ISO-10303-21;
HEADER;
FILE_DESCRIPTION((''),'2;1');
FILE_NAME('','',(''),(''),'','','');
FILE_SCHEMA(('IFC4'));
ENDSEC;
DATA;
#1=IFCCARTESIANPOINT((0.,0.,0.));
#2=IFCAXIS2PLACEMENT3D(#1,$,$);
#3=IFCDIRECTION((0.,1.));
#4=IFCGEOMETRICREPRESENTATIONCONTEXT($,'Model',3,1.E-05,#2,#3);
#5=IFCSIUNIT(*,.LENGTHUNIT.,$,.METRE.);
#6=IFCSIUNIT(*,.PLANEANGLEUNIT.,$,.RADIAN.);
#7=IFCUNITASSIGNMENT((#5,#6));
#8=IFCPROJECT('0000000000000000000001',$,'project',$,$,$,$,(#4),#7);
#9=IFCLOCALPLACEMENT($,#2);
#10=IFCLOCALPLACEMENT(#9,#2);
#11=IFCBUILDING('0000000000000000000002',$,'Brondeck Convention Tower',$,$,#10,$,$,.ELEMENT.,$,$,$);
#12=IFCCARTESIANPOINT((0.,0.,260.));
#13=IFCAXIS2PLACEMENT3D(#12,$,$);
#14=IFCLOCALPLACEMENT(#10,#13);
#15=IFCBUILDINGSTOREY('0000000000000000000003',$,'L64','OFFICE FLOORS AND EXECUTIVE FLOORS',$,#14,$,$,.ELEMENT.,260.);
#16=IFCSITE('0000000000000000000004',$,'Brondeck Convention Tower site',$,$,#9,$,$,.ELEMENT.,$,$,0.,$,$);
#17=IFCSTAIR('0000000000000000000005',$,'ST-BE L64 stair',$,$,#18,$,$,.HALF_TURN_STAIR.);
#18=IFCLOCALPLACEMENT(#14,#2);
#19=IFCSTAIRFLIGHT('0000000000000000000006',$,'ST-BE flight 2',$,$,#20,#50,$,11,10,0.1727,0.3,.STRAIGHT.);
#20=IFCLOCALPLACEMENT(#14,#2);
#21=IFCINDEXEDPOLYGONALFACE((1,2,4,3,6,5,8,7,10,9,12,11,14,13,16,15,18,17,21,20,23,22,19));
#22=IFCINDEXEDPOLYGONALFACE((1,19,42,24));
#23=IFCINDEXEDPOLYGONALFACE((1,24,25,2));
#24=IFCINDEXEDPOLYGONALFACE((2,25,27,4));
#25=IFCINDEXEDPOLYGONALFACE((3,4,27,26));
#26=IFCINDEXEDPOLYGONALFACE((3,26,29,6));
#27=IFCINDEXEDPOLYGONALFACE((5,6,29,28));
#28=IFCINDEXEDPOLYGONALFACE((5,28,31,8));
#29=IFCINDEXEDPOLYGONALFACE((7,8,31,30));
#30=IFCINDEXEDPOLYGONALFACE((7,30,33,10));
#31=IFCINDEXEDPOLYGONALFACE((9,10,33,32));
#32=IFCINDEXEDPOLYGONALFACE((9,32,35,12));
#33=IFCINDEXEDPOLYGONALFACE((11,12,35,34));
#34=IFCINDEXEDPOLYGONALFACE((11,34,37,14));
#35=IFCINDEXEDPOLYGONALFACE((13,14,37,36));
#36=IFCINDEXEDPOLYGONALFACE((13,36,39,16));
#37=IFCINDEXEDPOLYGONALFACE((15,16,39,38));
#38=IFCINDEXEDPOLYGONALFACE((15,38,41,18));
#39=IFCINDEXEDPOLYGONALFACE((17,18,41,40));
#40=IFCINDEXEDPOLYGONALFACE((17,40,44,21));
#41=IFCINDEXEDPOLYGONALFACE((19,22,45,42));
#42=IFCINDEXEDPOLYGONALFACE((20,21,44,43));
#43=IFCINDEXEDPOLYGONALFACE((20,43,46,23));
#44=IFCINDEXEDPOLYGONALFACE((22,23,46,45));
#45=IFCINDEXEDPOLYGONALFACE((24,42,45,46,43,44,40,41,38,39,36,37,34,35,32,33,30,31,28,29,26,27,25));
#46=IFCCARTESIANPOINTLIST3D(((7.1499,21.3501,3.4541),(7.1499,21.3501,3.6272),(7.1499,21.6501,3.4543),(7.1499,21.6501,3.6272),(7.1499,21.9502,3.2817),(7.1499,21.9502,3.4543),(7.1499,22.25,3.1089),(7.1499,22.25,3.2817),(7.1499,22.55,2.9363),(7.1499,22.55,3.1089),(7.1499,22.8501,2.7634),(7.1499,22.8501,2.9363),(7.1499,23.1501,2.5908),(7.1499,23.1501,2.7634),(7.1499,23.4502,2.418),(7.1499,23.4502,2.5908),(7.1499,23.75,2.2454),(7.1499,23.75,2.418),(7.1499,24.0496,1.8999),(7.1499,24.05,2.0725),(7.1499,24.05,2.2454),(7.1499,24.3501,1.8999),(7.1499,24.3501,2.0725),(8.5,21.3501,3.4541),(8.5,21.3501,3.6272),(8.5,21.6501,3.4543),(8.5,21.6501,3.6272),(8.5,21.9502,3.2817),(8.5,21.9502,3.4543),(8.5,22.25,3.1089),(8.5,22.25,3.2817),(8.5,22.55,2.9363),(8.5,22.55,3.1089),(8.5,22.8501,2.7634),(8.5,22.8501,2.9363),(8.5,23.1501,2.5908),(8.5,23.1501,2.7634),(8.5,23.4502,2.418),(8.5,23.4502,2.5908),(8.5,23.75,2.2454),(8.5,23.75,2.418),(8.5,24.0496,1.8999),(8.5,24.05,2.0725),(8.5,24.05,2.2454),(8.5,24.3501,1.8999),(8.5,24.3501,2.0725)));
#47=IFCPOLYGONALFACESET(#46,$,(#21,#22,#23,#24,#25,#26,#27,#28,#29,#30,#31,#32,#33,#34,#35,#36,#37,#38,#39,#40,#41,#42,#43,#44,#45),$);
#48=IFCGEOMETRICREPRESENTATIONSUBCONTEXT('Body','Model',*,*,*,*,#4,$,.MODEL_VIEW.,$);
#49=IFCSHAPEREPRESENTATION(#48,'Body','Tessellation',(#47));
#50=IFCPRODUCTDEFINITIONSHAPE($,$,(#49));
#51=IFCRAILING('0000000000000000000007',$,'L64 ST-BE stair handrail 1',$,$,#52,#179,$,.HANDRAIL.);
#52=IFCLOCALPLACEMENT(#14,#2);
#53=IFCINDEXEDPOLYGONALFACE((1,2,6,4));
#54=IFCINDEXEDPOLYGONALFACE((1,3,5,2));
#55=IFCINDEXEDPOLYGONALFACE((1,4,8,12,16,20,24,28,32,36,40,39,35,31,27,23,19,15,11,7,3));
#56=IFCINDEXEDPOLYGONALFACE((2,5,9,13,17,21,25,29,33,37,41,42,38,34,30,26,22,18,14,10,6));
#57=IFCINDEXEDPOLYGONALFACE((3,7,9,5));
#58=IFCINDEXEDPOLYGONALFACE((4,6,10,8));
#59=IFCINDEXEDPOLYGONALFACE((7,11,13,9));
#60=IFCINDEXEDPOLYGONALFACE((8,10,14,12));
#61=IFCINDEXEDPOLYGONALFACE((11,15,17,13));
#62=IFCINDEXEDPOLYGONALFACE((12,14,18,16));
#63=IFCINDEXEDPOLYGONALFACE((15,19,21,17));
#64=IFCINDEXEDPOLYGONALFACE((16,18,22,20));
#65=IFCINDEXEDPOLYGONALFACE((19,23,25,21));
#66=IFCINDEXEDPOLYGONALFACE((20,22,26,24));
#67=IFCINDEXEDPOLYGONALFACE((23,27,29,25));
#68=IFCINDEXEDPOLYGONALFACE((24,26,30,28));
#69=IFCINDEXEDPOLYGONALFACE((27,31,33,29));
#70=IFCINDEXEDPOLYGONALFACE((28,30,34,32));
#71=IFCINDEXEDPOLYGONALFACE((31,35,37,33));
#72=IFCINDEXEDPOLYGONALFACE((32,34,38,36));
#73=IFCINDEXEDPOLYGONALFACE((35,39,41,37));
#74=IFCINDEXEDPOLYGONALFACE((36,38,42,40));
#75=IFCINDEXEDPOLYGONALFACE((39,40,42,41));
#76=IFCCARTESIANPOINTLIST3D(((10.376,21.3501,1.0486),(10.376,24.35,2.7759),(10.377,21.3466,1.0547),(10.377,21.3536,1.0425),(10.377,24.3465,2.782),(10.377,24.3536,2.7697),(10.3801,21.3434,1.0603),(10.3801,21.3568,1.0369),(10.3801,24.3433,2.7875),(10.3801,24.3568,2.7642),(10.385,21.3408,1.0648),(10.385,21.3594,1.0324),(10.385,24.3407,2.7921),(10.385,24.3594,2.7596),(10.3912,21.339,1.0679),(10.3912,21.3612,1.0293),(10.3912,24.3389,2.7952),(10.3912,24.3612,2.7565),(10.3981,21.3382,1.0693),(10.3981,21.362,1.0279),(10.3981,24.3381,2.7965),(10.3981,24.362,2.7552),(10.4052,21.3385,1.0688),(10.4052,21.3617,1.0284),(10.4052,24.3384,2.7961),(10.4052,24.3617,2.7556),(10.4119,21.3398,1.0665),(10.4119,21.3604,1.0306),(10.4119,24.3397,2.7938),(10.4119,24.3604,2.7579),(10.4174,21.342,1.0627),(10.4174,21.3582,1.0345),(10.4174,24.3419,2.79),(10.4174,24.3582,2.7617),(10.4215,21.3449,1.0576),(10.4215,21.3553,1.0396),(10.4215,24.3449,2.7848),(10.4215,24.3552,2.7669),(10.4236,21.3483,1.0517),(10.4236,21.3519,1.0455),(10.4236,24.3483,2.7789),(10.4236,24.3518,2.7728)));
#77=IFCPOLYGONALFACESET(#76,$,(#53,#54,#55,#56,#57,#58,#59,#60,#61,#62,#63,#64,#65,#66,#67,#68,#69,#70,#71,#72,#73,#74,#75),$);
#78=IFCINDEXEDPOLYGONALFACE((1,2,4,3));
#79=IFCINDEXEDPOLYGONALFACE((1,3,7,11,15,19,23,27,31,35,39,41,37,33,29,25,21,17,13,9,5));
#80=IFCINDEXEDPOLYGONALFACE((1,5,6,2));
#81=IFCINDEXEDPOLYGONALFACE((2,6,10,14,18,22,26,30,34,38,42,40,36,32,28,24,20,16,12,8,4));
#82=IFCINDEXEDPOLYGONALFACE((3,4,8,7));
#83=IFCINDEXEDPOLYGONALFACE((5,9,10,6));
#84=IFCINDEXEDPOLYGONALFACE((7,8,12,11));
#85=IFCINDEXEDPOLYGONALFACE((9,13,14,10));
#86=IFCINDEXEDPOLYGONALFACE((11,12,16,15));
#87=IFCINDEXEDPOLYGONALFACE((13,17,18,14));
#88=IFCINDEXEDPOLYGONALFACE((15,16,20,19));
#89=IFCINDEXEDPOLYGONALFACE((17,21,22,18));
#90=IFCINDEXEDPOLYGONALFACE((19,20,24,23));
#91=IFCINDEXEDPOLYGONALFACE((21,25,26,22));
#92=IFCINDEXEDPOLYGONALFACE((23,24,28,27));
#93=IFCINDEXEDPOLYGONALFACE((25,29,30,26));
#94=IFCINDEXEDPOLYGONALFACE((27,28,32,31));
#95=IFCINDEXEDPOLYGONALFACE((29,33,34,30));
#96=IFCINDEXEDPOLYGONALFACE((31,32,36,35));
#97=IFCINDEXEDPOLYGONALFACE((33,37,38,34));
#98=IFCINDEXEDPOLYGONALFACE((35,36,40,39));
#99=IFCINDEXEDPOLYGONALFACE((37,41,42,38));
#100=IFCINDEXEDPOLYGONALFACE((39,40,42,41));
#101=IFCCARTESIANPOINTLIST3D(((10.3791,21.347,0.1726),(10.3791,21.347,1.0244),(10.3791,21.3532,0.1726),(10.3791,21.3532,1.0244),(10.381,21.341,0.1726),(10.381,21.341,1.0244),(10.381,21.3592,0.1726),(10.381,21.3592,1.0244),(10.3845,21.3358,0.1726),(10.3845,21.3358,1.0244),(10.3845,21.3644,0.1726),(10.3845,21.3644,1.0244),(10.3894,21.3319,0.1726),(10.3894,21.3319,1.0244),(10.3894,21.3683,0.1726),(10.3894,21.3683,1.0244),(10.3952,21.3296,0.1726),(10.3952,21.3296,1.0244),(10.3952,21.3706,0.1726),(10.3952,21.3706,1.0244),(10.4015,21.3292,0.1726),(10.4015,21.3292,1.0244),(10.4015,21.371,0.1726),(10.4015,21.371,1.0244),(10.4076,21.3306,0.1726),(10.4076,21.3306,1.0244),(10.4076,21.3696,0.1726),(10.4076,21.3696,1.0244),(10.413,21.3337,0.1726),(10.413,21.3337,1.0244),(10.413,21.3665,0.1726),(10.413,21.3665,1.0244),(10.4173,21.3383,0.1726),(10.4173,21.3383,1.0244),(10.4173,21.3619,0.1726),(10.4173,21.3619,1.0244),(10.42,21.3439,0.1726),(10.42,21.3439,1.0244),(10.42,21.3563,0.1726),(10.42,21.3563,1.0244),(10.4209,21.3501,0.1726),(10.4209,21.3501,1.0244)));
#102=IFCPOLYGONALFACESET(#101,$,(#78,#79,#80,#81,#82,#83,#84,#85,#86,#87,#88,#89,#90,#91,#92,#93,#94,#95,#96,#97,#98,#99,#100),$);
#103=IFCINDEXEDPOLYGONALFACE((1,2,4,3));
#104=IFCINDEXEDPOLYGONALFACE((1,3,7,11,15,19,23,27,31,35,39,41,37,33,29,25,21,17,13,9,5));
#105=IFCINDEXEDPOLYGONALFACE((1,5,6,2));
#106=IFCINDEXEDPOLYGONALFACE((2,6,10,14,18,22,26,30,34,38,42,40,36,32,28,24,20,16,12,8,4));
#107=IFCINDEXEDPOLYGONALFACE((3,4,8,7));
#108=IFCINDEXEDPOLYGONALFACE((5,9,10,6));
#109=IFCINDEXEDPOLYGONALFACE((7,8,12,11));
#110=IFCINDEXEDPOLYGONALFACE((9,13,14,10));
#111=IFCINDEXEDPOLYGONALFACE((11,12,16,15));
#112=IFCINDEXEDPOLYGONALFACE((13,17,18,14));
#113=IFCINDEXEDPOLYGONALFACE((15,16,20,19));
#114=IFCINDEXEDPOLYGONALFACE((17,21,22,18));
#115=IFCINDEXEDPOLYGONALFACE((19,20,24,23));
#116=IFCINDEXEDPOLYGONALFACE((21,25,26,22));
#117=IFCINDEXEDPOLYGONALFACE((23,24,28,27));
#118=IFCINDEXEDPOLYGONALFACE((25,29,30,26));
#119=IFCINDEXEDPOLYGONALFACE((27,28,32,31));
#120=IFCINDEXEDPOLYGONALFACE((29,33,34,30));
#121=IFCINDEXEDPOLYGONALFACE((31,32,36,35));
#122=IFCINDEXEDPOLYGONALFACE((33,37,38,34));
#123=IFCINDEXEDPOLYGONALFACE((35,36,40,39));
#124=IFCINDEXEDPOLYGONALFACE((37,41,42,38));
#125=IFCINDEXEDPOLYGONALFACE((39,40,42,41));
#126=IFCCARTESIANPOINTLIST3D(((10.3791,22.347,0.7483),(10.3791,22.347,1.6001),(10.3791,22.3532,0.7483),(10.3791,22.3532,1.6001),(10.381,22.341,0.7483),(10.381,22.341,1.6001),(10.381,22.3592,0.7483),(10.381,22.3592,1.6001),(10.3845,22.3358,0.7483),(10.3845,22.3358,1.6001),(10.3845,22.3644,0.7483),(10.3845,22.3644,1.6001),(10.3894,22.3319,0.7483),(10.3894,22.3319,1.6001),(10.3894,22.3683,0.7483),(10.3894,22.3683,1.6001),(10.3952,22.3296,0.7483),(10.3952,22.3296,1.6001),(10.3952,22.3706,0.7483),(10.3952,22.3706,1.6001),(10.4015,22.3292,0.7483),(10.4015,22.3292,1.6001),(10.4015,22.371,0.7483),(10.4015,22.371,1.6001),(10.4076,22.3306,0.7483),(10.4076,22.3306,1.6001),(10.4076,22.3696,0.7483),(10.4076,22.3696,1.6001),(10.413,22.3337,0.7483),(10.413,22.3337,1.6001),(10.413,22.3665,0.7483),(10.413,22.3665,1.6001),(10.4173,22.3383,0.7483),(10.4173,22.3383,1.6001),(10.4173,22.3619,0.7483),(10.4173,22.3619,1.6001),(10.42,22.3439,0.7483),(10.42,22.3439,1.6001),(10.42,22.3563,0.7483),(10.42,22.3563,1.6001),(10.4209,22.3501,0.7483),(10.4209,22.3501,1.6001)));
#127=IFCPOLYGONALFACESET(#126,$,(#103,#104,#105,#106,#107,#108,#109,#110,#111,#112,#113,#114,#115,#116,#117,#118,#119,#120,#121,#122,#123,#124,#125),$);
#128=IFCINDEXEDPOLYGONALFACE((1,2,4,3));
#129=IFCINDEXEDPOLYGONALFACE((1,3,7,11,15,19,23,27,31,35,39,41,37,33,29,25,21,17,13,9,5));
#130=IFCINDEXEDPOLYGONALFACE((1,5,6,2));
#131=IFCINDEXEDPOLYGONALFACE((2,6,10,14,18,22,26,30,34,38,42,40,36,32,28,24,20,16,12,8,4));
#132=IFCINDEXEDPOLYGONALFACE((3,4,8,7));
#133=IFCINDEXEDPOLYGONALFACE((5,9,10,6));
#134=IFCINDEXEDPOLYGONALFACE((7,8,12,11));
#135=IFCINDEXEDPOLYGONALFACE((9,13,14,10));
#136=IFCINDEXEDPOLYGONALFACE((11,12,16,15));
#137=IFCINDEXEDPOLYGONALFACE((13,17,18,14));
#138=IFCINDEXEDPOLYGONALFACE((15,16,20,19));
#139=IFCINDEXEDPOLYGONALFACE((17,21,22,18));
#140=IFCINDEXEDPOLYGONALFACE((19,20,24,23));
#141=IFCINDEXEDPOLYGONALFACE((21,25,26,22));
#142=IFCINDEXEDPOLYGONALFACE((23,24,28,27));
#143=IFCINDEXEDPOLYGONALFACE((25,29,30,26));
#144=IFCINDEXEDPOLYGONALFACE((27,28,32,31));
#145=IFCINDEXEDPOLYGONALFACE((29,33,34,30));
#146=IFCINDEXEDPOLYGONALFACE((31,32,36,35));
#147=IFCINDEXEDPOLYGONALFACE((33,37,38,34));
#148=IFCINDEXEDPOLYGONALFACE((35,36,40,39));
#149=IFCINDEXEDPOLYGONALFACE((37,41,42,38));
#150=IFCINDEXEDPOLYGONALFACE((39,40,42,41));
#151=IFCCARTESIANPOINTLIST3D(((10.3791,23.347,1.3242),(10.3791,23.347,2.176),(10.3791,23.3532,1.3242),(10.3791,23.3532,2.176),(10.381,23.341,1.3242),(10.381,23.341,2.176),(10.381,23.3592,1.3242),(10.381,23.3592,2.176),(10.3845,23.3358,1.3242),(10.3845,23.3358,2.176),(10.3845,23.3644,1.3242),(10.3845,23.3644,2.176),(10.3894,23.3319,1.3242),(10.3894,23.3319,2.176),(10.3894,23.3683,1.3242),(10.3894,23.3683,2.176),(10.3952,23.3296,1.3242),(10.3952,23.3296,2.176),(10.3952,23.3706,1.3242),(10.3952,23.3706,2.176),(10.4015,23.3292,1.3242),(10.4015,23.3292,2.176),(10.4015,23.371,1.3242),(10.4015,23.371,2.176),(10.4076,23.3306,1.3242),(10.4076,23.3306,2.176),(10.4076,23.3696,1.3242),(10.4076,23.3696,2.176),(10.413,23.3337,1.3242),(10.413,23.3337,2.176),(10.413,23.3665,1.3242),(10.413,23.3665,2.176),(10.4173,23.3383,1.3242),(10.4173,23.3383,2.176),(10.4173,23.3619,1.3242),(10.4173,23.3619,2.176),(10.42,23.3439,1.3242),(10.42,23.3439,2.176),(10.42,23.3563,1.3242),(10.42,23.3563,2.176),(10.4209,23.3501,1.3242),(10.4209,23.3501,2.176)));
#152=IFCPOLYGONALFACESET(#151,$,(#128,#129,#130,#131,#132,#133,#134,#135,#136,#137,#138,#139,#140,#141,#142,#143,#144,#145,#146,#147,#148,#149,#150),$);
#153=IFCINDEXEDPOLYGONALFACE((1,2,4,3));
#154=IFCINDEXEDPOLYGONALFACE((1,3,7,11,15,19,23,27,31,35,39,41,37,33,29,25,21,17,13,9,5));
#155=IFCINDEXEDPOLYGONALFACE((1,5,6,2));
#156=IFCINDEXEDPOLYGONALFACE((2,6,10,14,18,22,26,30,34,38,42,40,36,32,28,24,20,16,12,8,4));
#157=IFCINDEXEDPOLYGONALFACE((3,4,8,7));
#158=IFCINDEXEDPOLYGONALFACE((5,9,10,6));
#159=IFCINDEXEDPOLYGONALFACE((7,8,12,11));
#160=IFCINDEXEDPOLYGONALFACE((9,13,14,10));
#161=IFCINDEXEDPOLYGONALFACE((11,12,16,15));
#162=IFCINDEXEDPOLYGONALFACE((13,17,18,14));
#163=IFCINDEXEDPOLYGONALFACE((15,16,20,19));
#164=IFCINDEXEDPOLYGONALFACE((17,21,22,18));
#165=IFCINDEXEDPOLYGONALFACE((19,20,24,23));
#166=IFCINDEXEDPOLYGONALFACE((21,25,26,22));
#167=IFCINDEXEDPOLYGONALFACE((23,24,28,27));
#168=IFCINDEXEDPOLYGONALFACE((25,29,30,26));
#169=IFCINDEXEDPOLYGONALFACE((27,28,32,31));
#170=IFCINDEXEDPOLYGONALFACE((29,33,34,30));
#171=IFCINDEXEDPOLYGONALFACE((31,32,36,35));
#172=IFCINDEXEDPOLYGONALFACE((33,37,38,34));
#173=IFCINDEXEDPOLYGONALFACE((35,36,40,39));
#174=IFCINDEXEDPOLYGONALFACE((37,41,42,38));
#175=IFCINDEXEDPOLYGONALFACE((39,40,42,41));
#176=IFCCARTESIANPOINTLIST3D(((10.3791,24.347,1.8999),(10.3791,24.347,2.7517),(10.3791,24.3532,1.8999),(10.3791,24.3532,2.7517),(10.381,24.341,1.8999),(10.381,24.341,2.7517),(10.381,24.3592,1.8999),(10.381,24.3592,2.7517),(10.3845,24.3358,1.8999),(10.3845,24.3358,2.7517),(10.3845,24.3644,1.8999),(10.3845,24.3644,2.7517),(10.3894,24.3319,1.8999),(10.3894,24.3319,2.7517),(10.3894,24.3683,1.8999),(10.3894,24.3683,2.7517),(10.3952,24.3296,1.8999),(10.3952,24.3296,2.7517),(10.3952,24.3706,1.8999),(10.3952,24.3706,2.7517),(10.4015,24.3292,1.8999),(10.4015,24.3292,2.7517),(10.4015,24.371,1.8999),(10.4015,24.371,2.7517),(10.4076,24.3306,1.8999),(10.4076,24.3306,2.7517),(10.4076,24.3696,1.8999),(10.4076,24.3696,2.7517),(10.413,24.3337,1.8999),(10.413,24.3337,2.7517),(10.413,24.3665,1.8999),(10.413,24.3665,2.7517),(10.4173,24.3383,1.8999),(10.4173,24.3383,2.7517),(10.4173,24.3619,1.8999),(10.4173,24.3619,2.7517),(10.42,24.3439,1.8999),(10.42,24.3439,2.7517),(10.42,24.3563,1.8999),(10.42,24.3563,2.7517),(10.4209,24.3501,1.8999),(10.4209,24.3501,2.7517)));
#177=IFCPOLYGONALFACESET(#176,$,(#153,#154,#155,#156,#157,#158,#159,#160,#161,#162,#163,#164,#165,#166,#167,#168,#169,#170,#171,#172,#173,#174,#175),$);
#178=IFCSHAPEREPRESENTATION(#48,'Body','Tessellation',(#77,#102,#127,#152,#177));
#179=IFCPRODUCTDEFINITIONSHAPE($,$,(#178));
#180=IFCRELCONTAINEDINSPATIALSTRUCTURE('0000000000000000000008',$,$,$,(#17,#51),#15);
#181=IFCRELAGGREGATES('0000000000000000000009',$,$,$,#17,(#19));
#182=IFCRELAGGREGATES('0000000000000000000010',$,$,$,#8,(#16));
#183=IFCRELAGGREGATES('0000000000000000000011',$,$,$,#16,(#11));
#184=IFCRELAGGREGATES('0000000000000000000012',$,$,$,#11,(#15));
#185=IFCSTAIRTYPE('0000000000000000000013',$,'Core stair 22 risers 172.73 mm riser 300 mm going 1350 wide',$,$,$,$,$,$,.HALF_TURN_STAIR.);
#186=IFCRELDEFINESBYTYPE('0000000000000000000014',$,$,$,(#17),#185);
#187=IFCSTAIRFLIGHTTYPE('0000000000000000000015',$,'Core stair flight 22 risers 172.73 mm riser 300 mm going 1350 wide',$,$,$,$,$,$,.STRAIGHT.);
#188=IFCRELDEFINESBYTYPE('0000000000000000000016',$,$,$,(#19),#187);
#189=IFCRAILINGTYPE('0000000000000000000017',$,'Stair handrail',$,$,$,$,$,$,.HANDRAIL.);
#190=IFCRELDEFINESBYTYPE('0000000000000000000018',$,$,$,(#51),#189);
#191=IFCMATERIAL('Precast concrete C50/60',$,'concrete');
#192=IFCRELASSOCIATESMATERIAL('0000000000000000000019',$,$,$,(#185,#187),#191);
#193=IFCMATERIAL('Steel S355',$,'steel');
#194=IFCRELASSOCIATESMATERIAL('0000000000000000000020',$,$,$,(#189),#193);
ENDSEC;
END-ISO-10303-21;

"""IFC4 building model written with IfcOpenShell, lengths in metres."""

from ifc_helpers import new_model, si_unit, direction, frame, origin, origin_2d, place, context, subcontext, project, spatial, polyline, circle, outline, extrude, material, type_object, element, aggregate, save


model = new_model("IFC4")

# Units and contexts
model_context = context("Model", 3, precision=1e-05, world=origin(), true_north=direction((0.0, 1.0)))
body_context = subcontext(model_context, "Body", "Model", "MODEL_VIEW")
ifc_project = project(units=[si_unit("LENGTHUNIT", "METRE"), si_unit("PLANEANGLEUNIT", "RADIAN")], contexts=[model_context])

# Site, building, storey
site_placement = place(None, origin())
site = spatial("IfcSite", under=ifc_project, at=site_placement, Name="Brondeck Convention Tower site", CompositionType="ELEMENT", RefElevation=0.0)
building_placement = place(site_placement, origin())
building = spatial("IfcBuilding", under=site, at=building_placement, Name="Brondeck Convention Tower", CompositionType="ELEMENT")
storey_placement = place(building_placement, frame((0.0, 0.0, 260.0)))
storey = spatial("IfcBuildingStorey", under=building, at=storey_placement, Name="L64", Description="OFFICE FLOORS AND EXECUTIVE FLOORS", CompositionType="ELEMENT", Elevation=260.0)

# Shared definitions
ifc_material_1 = material(Name="Steel S355", Category="steel")

# Stair, stair flight
ifc_material_2 = material(Name="Precast concrete C50/60", Category="concrete")
stair_type = type_object("IfcStairType", Name="Core stair 22 risers 172.73 mm riser 300 mm going 1350 wide", PredefinedType="HALF_TURN_STAIR", material=ifc_material_2)
stair_placement = place(storey_placement, origin())
stair = element("IfcStair", 1, at=stair_placement, inside=storey, type_object=stair_type, Name="ST-BE L64 stair", PredefinedType="HALF_TURN_STAIR")
stair_flight_type = type_object("IfcStairFlightType", Name="Core stair flight 22 risers 172.73 mm riser 300 mm going 1350 wide", PredefinedType="STRAIGHT", material=ifc_material_2)
stair_flight_1_placement = place(storey_placement, frame((7.825, 24.3501, 1.8999), z_axis=(0.0, 0.0, 1.0), x_axis=(0.0, -1.0, 0.0)))
stair_flight_1 = element("IfcStairFlight", 2, at=stair_flight_1_placement, type_object=stair_flight_type, Name="ST-BE flight 2", NumberOfRisers=11, NumberOfTreads=10, PredefinedType="STRAIGHT", RiserHeight=0.1727, TreadLength=0.3, context=body_context, shape_type="SweptSolid", body=[
    extrude(outline(polyline([(0.0, 0.0), (0.0, 0.1726), (0.3, 0.1726), (0.3, 0.3455), (0.6001, 0.3455), (0.6001, 0.5181), (0.8999, 0.5181), (0.8999, 0.6909), (1.2, 0.6909), (1.2, 0.8635), (1.5, 0.8635), (1.5, 1.0364), (1.8, 1.0364), (1.8, 1.209), (2.1001, 1.209), (2.1001, 1.3818), (2.3999, 1.3818), (2.3999, 1.5544), (2.7, 1.5544), (2.7, 1.7273), (3.0, 1.7273), (3.0, 1.8999), (3.0, 1.5542), (0.3005, 0.0), (0.0, 0.0)])), frame((0.0, 0.675, 0.0), z_axis=(0.0, -1.0, 0.0), x_axis=(1.0, 0.0, 0.0)), (0.0, 0.0, 1.0), 1.3501),
])
aggregate(stair, [stair_flight_1])

# Railing
railing_type = type_object("IfcRailingType", Name="Stair handrail", PredefinedType="HANDRAIL", material=ifc_material_1)
railing_1_placement = place(storey_placement, frame((10.3999, 21.3501, 0.1726)))
element("IfcRailing", 3, at=railing_1_placement, inside=storey, type_object=railing_type, Name="L64 ST-BE stair handrail 1", PredefinedType="HANDRAIL", context=body_context, shape_type="SweptSolid", body=[
    extrude(circle(Radius=0.0239, at=origin_2d()), frame((0.0, 0.0, 0.876), z_axis=(0.0, 0.86662, 0.498969), x_axis=(-1.0, 0.0, 0.0)), (0.0, 0.0, 1.0), 3.4617),
    extrude(circle(Radius=0.021, at=origin_2d()), origin(), (0.0, 0.0, 1.0), 0.8518),
    extrude(circle(Radius=0.021, at=origin_2d()), frame((0.0, 1.0, 0.5757)), (0.0, 0.0, 1.0), 0.8518),
    extrude(circle(Radius=0.021, at=origin_2d()), frame((0.0, 2.0, 1.1516)), (0.0, 0.0, 1.0), 0.8518),
    extrude(circle(Radius=0.021, at=origin_2d()), frame((0.0, 3.0, 1.7273)), (0.0, 0.0, 1.0), 0.8518),
])

save(model, "model.ifc")
